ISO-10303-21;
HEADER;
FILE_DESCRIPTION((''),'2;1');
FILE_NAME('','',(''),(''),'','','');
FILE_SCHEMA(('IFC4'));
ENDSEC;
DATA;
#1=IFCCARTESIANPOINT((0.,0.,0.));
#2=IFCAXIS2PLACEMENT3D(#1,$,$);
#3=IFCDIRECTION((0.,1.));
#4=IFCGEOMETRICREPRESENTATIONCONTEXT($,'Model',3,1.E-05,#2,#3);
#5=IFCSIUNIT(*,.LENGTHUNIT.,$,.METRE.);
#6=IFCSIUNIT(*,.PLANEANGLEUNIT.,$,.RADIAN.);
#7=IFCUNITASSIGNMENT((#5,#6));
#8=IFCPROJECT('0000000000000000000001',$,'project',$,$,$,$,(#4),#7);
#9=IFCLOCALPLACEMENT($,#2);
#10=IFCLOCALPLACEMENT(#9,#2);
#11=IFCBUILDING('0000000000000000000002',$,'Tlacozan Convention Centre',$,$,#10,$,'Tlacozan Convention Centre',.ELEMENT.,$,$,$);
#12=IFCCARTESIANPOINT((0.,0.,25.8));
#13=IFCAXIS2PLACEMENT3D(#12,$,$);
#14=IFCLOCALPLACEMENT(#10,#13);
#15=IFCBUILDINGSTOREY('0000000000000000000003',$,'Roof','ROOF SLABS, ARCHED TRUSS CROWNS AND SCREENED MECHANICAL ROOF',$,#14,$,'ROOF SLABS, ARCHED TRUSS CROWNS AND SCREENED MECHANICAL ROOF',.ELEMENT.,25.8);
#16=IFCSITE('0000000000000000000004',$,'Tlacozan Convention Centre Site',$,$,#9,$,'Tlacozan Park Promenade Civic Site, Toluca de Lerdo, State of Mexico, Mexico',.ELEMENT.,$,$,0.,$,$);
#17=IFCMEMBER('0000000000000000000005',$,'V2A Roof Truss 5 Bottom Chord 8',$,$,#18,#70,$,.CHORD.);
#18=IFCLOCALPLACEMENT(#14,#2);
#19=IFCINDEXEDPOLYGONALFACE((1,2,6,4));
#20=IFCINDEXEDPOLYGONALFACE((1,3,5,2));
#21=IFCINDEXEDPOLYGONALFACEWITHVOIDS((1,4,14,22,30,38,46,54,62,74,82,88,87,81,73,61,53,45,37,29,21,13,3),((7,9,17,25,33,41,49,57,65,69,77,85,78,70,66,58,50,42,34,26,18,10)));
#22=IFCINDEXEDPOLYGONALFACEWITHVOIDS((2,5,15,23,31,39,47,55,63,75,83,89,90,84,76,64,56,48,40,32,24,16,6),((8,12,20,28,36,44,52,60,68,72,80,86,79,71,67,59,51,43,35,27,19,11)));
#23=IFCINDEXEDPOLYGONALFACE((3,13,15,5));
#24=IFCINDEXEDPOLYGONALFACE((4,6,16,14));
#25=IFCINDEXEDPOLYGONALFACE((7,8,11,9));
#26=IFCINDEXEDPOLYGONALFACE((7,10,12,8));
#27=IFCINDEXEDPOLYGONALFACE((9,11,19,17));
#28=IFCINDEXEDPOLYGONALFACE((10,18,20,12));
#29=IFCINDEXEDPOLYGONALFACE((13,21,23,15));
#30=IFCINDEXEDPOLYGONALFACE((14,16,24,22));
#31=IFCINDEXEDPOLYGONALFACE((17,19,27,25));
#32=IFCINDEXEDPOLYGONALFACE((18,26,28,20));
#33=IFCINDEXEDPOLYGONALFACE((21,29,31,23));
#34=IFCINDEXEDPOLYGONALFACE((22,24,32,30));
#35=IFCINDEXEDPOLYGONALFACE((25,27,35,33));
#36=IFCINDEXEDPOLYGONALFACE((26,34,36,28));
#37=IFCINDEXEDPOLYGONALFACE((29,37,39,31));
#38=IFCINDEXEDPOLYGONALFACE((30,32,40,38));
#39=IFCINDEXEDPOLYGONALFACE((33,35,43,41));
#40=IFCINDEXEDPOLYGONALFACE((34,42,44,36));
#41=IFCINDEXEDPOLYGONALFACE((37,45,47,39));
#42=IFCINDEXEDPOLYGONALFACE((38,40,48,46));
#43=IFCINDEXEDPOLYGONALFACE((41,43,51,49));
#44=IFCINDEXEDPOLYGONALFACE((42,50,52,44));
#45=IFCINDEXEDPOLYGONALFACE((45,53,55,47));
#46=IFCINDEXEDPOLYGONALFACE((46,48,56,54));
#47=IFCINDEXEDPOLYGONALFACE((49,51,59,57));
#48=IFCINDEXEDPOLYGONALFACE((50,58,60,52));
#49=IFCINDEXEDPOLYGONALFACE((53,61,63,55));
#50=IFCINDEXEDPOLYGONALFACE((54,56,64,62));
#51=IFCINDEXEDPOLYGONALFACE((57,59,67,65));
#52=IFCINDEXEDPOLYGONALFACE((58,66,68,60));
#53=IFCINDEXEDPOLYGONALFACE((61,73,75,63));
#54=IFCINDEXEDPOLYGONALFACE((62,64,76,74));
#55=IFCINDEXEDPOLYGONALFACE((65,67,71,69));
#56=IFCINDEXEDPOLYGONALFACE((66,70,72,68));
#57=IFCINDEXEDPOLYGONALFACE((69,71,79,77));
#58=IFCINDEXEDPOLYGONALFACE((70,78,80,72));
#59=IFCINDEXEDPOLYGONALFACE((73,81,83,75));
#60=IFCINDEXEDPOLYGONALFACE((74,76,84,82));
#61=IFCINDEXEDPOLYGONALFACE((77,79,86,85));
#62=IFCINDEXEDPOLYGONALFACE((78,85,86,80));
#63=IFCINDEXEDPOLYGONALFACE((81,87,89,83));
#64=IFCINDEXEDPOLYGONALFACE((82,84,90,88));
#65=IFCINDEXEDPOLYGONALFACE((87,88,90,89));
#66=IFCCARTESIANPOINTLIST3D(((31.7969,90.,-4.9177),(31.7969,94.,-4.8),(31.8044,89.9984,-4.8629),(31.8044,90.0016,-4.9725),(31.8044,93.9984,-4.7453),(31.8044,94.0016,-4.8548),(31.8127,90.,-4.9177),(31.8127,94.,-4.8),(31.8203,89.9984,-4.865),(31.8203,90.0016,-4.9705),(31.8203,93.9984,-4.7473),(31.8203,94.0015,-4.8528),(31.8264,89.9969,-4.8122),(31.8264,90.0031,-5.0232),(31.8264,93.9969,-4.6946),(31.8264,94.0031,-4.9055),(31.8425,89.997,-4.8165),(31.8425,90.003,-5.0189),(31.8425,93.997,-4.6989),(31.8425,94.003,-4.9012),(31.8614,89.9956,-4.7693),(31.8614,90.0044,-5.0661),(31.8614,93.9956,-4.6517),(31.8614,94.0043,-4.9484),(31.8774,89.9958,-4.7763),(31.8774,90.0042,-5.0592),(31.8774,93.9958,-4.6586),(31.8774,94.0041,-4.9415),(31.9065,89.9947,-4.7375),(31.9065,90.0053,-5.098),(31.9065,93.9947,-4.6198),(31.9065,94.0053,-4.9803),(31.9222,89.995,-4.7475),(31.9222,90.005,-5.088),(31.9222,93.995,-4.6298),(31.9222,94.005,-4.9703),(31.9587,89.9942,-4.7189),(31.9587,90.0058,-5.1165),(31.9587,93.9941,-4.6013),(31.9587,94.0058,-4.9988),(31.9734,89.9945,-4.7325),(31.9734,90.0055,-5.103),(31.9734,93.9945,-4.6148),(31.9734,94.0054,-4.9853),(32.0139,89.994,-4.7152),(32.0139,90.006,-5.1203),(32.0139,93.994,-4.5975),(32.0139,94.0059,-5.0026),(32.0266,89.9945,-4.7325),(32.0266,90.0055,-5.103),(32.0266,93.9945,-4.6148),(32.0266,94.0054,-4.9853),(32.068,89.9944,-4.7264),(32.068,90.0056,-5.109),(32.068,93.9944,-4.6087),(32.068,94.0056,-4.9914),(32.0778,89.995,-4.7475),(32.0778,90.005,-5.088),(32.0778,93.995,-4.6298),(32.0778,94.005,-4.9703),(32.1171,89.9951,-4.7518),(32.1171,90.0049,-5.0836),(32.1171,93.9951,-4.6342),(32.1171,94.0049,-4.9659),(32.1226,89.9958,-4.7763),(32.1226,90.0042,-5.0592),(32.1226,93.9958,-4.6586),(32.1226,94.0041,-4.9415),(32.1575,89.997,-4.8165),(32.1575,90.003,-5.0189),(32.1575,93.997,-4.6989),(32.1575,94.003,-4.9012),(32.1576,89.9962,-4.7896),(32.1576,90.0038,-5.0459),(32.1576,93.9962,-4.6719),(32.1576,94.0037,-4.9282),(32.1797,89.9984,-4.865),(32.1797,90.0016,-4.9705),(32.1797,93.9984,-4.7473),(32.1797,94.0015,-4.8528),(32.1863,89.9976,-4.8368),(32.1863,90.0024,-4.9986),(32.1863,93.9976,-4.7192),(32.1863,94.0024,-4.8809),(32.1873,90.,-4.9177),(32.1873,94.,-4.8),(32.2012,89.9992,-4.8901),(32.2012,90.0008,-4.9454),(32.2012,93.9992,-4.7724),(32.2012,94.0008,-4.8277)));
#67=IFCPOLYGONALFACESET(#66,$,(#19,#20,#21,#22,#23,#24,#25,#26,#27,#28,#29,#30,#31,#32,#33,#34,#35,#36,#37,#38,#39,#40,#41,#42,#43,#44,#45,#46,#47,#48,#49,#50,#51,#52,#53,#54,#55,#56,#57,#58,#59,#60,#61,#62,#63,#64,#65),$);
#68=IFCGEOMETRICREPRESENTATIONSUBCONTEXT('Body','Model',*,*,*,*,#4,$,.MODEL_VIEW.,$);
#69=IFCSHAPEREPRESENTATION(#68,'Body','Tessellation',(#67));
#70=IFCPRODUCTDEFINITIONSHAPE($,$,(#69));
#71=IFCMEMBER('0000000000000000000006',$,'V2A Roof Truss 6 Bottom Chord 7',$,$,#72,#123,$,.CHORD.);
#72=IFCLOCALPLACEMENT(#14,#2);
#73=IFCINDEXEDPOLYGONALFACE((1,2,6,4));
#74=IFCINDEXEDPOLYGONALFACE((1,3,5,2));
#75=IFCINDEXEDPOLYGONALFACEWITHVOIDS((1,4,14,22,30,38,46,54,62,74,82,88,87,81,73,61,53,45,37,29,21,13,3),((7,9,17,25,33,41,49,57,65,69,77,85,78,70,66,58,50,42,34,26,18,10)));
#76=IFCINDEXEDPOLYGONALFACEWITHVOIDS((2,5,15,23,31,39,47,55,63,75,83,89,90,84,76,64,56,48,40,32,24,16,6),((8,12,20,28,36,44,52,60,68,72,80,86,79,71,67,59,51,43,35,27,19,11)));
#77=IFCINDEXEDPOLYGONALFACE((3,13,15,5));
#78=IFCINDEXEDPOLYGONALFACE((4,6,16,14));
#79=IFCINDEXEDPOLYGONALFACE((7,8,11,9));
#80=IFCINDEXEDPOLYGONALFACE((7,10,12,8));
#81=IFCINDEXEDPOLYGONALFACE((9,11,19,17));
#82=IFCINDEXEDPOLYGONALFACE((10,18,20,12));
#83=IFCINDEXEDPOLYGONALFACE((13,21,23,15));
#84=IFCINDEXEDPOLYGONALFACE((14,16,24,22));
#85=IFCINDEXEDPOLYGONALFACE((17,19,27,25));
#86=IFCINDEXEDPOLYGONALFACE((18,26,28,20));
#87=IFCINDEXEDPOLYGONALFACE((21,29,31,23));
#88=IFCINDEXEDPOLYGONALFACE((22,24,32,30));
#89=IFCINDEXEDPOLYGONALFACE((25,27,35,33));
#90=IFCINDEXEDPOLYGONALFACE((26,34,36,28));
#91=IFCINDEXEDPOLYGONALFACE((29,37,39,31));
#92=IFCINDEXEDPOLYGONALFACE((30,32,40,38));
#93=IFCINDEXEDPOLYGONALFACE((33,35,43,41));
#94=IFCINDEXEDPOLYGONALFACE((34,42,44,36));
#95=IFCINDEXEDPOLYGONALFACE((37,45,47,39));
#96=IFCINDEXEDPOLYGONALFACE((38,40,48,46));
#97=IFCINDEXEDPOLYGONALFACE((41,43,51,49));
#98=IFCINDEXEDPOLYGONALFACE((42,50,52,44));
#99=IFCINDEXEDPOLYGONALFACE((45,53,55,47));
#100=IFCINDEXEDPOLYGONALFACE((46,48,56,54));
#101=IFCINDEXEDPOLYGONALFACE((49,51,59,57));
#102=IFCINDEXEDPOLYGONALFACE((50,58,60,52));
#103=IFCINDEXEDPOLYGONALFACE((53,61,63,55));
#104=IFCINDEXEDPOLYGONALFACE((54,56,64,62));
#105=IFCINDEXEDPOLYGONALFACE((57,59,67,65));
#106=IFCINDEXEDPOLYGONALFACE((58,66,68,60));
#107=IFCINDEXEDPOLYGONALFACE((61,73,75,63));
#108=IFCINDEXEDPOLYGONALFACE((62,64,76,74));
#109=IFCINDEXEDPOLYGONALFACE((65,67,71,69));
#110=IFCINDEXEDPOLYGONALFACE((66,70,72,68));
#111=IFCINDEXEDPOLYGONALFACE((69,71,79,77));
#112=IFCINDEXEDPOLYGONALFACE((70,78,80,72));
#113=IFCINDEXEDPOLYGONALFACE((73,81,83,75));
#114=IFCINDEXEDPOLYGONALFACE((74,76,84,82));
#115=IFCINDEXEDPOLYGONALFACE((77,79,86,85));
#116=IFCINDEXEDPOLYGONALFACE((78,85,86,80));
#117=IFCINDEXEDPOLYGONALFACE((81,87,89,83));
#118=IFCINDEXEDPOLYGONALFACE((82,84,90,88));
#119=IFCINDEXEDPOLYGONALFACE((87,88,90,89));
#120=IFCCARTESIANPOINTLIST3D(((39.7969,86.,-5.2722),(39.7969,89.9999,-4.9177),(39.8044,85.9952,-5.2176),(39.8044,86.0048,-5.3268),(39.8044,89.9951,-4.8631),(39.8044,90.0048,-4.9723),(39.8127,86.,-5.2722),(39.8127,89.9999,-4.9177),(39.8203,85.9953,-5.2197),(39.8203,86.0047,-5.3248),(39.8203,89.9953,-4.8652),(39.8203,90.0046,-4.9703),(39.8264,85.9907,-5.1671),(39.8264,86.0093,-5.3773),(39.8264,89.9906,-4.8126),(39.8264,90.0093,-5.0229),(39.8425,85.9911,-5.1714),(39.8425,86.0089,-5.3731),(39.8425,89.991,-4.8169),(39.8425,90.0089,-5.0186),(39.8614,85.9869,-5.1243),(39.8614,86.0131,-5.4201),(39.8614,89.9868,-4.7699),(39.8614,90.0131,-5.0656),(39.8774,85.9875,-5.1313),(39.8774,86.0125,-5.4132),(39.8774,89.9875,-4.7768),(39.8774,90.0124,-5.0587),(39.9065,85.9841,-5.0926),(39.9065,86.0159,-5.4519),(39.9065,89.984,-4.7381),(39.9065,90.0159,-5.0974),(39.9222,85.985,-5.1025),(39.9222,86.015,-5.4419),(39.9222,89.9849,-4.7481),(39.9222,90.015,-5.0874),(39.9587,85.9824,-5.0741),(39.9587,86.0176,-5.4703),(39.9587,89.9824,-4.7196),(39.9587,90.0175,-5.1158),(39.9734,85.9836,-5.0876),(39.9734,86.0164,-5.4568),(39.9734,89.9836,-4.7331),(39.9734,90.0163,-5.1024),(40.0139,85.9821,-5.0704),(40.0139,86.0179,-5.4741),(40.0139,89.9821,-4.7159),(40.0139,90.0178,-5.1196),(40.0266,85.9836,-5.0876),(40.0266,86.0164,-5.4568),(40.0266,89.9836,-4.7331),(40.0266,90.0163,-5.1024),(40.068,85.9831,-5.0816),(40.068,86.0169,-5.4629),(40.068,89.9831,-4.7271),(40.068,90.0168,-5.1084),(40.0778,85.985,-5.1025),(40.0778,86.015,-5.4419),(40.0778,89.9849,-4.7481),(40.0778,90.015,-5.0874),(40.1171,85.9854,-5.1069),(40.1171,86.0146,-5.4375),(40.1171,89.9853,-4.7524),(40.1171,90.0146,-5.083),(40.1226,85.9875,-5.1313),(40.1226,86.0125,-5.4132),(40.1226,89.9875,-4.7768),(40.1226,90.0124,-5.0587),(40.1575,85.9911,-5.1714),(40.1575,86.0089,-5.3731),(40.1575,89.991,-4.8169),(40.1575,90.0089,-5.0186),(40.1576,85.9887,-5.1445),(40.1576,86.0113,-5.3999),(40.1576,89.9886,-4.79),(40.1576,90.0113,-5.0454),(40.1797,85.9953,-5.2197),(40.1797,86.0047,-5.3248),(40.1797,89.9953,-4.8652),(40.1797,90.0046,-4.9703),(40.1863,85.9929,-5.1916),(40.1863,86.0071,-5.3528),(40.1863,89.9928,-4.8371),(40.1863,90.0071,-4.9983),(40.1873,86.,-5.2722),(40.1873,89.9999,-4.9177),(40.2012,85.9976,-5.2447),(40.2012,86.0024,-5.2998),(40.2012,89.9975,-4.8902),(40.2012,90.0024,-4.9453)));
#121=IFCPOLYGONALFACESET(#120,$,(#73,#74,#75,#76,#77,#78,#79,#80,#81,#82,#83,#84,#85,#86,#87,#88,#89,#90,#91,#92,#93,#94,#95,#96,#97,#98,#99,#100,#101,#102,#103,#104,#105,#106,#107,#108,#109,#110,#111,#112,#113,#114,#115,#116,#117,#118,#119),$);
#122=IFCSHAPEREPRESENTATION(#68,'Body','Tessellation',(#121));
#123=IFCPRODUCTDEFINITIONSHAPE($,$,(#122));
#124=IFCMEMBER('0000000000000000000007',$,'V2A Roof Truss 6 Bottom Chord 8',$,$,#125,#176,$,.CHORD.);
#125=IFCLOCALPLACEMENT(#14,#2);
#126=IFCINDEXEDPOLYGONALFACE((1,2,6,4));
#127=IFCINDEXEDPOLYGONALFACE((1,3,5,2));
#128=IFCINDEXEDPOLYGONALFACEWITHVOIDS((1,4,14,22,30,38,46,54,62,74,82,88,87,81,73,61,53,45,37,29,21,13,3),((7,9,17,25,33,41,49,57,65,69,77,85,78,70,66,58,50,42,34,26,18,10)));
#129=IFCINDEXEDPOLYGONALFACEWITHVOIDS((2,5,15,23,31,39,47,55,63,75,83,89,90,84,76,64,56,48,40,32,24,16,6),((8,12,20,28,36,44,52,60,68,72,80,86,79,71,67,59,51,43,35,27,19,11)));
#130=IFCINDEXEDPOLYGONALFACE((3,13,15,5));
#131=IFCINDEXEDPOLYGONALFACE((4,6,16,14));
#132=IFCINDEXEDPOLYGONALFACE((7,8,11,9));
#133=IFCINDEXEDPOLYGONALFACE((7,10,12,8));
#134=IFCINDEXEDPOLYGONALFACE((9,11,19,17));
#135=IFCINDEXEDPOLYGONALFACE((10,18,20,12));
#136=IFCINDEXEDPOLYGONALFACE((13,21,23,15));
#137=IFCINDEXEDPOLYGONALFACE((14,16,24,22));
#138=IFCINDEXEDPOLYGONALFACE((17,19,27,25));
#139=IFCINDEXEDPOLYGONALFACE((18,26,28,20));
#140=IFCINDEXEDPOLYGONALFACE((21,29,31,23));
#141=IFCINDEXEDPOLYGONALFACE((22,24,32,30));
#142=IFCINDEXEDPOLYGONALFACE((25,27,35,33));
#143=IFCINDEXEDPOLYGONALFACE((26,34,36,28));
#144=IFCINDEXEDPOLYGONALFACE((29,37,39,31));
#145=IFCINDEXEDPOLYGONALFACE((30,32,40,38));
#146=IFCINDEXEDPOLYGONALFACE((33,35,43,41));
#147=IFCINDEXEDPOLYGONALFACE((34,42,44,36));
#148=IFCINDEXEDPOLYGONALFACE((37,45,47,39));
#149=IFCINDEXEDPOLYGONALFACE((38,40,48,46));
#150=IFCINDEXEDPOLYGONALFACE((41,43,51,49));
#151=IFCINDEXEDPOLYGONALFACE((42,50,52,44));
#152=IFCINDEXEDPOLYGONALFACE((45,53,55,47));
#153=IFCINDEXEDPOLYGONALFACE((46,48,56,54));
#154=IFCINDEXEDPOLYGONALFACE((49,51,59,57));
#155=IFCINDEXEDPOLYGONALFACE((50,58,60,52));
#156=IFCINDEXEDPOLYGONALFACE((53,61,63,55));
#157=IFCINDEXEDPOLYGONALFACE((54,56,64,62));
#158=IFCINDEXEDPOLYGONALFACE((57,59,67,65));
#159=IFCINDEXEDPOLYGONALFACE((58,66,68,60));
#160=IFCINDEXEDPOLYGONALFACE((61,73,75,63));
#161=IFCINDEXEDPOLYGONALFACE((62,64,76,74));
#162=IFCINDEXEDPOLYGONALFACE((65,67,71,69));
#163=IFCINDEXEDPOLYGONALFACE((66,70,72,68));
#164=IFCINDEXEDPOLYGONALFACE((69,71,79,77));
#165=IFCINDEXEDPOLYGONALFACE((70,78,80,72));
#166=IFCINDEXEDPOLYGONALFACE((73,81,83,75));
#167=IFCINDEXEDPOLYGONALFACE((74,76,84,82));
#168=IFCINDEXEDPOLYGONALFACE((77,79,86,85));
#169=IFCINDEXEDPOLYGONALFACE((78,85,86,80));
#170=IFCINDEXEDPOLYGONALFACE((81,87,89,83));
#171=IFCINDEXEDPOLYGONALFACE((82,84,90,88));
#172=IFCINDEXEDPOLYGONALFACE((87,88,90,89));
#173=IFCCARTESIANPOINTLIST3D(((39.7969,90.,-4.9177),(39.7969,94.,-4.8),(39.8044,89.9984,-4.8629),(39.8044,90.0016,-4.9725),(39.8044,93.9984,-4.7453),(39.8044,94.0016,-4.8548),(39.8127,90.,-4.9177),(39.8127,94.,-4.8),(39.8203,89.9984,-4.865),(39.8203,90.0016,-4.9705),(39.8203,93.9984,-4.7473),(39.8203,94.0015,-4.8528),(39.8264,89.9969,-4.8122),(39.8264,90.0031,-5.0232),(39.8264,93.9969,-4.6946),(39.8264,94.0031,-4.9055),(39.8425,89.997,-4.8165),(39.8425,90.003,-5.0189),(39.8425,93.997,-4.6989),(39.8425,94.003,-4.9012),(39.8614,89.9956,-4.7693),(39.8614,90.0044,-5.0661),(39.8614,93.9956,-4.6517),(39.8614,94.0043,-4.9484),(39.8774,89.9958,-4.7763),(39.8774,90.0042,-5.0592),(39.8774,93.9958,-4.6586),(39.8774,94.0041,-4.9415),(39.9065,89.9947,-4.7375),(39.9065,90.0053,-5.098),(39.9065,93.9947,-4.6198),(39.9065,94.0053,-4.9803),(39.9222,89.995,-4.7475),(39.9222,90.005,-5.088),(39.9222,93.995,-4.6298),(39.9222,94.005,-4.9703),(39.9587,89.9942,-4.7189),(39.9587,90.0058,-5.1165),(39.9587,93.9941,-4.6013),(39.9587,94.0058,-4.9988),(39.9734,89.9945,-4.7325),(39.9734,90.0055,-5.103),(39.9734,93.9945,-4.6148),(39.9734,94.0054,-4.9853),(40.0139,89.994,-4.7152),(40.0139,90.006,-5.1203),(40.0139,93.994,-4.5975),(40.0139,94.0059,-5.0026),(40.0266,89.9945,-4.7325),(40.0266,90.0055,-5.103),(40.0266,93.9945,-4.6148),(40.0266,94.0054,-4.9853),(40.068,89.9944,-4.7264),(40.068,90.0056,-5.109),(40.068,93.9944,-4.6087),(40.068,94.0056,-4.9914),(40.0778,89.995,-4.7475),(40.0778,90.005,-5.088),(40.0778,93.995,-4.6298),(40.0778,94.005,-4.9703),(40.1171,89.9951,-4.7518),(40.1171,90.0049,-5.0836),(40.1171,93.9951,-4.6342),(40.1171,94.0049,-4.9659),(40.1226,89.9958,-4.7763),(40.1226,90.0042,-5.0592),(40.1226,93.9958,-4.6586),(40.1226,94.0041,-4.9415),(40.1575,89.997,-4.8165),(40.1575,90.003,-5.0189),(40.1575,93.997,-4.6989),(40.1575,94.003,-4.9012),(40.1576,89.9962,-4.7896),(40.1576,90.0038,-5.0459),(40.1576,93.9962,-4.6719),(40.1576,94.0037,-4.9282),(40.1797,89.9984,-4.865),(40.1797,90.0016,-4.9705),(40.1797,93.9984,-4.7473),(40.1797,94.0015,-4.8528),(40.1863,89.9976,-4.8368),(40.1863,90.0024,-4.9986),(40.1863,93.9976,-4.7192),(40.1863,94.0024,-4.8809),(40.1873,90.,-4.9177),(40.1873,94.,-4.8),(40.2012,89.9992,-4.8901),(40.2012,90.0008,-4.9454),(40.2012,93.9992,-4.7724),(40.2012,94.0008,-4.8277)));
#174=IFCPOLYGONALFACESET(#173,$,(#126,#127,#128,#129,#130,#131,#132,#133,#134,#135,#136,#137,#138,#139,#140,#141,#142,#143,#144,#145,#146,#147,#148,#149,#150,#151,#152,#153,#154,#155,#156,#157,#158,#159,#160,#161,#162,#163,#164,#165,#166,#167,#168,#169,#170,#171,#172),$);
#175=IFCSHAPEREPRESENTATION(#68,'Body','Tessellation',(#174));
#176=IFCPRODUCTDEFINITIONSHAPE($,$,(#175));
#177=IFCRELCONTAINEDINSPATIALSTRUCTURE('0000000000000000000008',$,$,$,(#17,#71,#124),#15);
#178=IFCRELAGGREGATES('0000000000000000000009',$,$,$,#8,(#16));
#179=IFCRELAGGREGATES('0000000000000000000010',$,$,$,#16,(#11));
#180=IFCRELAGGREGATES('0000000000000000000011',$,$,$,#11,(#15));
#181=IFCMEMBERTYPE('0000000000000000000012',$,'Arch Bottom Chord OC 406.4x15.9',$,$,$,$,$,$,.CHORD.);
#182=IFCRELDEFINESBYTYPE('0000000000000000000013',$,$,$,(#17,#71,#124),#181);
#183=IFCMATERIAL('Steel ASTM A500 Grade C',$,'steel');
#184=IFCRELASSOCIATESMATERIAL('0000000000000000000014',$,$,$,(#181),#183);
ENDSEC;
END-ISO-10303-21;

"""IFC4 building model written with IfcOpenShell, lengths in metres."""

from ifc_helpers import new_model, si_unit, direction, frame, origin, origin_2d, place, context, subcontext, project, spatial, hollow_circle, extrude, material, material_profile, profile_set, type_object, element, save


model = new_model("IFC4")

# Units and contexts
model_context = context("Model", 3, precision=1e-05, world=origin(), true_north=direction((0.0, 1.0)))
body_context = subcontext(model_context, "Body", "Model", "MODEL_VIEW")
ifc_project = project(units=[si_unit("LENGTHUNIT", "METRE"), si_unit("PLANEANGLEUNIT", "RADIAN")], contexts=[model_context])

# Site, building, storey
site_placement = place(None, origin())
site = spatial("IfcSite", under=ifc_project, at=site_placement, Name="Tlacozan Convention Centre Site", LongName="Tlacozan Park Promenade Civic Site, Toluca de Lerdo, State of Mexico, Mexico", CompositionType="ELEMENT", RefElevation=0.0)
building_placement = place(site_placement, origin())
building = spatial("IfcBuilding", under=site, at=building_placement, Name="Tlacozan Convention Centre", LongName="Tlacozan Convention Centre", CompositionType="ELEMENT")
storey_placement = place(building_placement, frame((0.0, 0.0, 25.8)))
storey = spatial("IfcBuildingStorey", under=building, at=storey_placement, Name="Roof", Description="ROOF SLABS, ARCHED TRUSS CROWNS AND SCREENED MECHANICAL ROOF", LongName="ROOF SLABS, ARCHED TRUSS CROWNS AND SCREENED MECHANICAL ROOF", CompositionType="ELEMENT", Elevation=25.8)

# Members
ifc_material_1 = material(Name="Steel ASTM A500 Grade C", Category="steel")
ifc_material_profile_1 = material_profile(ifc_material_1, hollow_circle(Radius=0.2031, WallThickness=0.0159, at=origin_2d()), Name="OC 406.4x15.9")
ifc_profile_set_1 = profile_set([ifc_material_profile_1], Name="Steel ASTM A500 Grade C")
member_type_1 = type_object("IfcMemberType", Name="Arch Bottom Chord OC 406.4x15.9", PredefinedType="CHORD", material=ifc_profile_set_1)
member_1_placement = place(storey_placement, frame((32.0, 90.0, -4.9177), z_axis=(0.0, 0.999568, 0.029406), x_axis=(-1.0, 0.0, 0.0)))
element("IfcMember", 1, at=member_1_placement, inside=storey, type_object=member_type_1, Name="V2A Roof Truss 5 Bottom Chord 8", PredefinedType="CHORD", context=body_context, shape_type="SweptSolid", body=[
    extrude(hollow_circle(Radius=0.2031, WallThickness=0.0159, at=origin_2d()), origin(), (0.0, 0.0, 1.0), 4.0017),
])
member_2_placement = place(storey_placement, frame((40.0, 86.0, -5.2722), z_axis=(0.0, 0.996096, 0.088277), x_axis=(-1.0, 0.0, 0.0)))
element("IfcMember", 2, at=member_2_placement, inside=storey, type_object=member_type_1, Name="V2A Roof Truss 6 Bottom Chord 7", PredefinedType="CHORD", context=body_context, shape_type="SweptSolid", body=[
    extrude(hollow_circle(Radius=0.2031, WallThickness=0.0159, at=origin_2d()), origin(), (0.0, 0.0, 1.0), 4.0156),
])
member_3_placement = place(storey_placement, frame((40.0, 90.0, -4.9177), z_axis=(0.0, 0.999568, 0.029406), x_axis=(-1.0, 0.0, 0.0)))
element("IfcMember", 3, at=member_3_placement, inside=storey, type_object=member_type_1, Name="V2A Roof Truss 6 Bottom Chord 8", PredefinedType="CHORD", context=body_context, shape_type="SweptSolid", body=[
    extrude(hollow_circle(Radius=0.2031, WallThickness=0.0159, at=origin_2d()), origin(), (0.0, 0.0, 1.0), 4.0017),
])

save(model, "model.ifc")
